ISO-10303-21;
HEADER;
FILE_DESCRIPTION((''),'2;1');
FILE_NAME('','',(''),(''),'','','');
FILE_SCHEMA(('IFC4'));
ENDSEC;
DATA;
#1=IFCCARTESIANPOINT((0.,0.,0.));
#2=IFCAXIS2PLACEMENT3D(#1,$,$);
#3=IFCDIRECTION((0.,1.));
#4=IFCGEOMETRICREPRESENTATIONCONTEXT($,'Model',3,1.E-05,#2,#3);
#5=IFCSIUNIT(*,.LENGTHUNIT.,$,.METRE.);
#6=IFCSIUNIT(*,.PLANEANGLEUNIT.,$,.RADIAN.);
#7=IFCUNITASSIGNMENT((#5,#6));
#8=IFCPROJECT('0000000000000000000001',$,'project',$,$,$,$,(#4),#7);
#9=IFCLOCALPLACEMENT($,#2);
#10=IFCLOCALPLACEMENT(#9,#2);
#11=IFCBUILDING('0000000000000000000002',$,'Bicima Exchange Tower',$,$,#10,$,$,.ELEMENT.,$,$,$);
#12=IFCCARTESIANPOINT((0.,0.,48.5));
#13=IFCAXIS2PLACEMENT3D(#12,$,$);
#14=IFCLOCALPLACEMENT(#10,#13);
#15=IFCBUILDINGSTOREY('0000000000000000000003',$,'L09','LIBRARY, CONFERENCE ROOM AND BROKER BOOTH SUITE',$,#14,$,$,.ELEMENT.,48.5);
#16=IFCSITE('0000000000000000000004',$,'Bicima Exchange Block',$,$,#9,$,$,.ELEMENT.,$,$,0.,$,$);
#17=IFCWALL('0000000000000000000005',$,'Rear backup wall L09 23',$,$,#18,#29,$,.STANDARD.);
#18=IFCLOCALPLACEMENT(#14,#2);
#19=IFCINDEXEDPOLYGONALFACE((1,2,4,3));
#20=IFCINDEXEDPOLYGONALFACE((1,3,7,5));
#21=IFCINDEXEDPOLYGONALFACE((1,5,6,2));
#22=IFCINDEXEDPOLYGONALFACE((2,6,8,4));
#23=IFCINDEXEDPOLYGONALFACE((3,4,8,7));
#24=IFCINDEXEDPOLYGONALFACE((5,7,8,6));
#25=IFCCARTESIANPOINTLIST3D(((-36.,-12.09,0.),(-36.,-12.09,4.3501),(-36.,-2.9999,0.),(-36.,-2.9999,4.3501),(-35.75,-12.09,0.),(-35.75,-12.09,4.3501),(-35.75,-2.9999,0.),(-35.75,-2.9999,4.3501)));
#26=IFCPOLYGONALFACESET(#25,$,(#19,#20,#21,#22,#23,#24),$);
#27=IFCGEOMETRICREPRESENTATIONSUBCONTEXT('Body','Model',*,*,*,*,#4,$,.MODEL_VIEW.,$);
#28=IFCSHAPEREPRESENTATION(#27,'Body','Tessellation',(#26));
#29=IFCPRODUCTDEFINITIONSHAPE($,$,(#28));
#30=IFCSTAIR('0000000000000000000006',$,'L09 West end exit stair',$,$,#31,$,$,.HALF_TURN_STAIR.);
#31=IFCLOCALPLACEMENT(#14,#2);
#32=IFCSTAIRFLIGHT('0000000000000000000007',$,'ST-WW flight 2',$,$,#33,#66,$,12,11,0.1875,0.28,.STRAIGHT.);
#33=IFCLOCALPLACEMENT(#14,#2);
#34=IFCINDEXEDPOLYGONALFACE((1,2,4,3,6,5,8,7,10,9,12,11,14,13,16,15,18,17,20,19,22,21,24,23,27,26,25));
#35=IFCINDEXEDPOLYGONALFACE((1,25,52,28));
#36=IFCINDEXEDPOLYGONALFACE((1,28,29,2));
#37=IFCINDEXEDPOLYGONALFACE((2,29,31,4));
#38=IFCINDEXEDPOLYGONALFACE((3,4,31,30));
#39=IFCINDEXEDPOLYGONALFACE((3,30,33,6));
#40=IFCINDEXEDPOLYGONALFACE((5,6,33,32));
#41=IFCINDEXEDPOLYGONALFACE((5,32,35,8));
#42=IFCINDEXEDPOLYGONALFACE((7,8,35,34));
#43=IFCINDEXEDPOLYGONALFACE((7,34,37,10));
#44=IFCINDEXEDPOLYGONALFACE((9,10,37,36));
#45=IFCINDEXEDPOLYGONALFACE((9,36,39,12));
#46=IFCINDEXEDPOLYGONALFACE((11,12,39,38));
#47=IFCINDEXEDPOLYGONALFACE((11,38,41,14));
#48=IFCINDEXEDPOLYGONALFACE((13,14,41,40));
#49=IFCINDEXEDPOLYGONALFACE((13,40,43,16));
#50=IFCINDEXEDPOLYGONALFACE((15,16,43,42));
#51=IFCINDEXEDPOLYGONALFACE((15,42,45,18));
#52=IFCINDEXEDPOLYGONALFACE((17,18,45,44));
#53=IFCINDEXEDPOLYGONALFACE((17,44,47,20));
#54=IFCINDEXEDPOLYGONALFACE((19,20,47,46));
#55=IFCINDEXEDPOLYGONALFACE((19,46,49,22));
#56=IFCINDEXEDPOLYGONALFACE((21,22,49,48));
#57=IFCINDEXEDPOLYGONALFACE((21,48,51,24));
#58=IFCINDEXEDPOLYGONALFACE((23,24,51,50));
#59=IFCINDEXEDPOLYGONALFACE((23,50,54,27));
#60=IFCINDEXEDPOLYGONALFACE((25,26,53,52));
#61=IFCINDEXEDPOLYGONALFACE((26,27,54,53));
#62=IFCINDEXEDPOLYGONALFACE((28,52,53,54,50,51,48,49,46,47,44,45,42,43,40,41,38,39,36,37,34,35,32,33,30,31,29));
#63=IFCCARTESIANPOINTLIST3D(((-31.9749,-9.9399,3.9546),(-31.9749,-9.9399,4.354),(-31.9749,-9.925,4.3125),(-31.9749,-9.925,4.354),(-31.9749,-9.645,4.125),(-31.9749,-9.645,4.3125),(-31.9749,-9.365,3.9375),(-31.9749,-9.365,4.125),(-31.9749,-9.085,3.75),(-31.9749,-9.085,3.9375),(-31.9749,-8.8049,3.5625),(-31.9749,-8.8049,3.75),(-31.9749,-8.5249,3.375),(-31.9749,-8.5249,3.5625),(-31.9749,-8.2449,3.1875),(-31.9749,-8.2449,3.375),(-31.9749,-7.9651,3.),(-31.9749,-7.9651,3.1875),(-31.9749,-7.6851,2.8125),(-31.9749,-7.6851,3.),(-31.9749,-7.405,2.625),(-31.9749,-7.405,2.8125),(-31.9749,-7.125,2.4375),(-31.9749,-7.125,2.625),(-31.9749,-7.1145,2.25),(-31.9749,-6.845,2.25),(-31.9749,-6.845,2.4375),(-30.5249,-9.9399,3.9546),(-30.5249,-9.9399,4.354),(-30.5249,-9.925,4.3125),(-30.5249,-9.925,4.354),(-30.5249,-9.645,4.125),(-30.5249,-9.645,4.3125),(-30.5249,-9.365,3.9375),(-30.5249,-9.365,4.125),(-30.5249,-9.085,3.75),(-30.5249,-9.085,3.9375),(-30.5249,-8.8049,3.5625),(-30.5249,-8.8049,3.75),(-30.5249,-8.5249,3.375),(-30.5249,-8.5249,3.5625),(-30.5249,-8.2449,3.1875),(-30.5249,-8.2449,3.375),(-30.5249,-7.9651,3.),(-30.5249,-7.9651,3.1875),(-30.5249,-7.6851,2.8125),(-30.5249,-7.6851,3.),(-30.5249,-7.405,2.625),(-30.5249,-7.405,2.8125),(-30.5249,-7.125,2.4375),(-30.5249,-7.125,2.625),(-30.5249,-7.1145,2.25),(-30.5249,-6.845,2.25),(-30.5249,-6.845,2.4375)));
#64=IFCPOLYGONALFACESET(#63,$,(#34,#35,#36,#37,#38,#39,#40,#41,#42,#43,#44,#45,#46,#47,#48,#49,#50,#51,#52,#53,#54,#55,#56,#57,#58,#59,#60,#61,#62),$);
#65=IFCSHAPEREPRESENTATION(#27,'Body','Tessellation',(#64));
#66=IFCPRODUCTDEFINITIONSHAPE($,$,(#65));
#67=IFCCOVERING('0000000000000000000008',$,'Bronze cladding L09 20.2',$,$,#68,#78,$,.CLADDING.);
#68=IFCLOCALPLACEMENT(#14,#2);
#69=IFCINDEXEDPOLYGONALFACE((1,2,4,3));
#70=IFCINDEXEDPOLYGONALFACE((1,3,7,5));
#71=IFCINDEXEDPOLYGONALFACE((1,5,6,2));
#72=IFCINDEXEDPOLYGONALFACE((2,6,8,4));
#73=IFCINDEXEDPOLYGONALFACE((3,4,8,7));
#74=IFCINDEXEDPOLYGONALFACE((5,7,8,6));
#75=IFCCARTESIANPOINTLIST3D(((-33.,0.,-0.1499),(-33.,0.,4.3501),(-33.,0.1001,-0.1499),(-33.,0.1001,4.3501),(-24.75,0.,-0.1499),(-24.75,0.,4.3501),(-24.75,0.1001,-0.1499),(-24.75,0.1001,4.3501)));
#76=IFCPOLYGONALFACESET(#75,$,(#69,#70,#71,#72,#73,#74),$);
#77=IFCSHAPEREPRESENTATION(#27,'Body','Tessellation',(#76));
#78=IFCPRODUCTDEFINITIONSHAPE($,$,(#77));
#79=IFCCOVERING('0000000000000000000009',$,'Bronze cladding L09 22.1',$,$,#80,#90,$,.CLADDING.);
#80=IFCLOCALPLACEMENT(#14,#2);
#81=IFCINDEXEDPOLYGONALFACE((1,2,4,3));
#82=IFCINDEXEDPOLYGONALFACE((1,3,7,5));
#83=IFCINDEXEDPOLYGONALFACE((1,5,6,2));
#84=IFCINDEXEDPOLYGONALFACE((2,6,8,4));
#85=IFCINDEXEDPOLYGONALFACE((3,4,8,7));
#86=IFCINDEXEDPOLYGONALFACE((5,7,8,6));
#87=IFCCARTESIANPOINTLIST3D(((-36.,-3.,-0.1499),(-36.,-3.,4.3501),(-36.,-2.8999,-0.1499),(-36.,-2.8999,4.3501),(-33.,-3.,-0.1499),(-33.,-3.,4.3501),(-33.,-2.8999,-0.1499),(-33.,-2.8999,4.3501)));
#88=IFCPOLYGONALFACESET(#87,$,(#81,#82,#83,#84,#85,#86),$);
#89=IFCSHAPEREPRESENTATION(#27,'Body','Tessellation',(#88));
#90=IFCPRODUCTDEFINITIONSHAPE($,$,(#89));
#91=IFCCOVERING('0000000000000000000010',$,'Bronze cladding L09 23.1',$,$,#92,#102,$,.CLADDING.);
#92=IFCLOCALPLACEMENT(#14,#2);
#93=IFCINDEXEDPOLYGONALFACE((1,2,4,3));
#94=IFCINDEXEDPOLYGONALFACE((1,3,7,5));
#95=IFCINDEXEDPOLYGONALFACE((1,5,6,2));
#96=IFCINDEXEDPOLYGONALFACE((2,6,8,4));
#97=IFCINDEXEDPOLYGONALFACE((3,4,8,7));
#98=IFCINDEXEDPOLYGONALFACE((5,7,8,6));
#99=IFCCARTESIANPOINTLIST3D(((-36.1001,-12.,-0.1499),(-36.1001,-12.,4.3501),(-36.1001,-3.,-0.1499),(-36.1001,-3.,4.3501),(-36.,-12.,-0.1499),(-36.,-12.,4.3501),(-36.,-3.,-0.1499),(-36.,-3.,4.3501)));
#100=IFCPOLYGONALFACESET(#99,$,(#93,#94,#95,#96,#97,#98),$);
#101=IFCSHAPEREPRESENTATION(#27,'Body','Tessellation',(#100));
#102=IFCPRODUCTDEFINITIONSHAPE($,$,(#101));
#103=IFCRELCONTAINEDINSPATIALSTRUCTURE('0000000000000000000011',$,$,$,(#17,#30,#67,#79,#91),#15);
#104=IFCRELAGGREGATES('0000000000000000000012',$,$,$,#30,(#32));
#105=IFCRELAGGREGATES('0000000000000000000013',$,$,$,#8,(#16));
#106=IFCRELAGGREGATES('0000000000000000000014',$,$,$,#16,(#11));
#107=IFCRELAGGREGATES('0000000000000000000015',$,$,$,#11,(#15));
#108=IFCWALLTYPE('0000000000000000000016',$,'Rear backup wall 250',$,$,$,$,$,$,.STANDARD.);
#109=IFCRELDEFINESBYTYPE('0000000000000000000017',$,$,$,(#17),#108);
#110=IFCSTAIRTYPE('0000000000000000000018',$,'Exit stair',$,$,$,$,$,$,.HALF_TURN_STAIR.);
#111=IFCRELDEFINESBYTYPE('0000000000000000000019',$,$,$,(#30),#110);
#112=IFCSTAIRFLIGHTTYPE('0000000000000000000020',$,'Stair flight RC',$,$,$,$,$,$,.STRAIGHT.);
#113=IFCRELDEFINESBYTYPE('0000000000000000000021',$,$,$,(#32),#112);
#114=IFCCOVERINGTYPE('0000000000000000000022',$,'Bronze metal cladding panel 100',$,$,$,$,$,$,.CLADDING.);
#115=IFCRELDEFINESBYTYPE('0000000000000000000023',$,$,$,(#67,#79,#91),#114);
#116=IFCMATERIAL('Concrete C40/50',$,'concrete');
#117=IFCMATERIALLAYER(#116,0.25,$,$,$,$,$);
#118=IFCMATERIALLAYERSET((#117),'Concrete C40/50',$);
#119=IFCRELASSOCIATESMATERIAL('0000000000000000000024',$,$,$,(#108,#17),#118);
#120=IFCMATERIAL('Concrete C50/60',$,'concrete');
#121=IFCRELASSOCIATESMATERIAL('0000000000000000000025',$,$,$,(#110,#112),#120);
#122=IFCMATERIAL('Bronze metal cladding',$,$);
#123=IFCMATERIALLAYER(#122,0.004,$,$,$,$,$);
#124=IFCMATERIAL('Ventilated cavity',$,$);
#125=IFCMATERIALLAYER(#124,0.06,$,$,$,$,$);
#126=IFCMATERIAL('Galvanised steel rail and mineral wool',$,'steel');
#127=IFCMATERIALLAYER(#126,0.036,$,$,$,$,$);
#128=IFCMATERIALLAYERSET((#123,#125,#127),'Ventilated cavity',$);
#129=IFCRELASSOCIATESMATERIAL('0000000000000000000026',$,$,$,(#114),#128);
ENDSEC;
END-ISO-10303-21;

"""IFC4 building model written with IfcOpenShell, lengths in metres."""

from ifc_helpers import new_model, si_unit, direction, frame, frame_2d, origin, origin_2d, place, context, subcontext, project, spatial, polyline, rectangle, outline, extrude, material, layer, layer_set, layer_usage, type_object, element, aggregate, save


model = new_model("IFC4")

# Units and contexts
model_context = context("Model", 3, precision=1e-05, world=origin(), true_north=direction((0.0, 1.0)))
body_context = subcontext(model_context, "Body", "Model", "MODEL_VIEW")
ifc_project = project(units=[si_unit("LENGTHUNIT", "METRE"), si_unit("PLANEANGLEUNIT", "RADIAN")], contexts=[model_context])

# Site, building, storey
site_placement = place(None, origin())
site = spatial("IfcSite", under=ifc_project, at=site_placement, Name="Bicima Exchange Block", CompositionType="ELEMENT", RefElevation=0.0)
building_placement = place(site_placement, origin())
building = spatial("IfcBuilding", under=site, at=building_placement, Name="Bicima Exchange Tower", CompositionType="ELEMENT")
storey_placement = place(building_placement, frame((0.0, 0.0, 48.5)))
storey = spatial("IfcBuildingStorey", under=building, at=storey_placement, Name="L09", Description="LIBRARY, CONFERENCE ROOM AND BROKER BOOTH SUITE", CompositionType="ELEMENT", Elevation=48.5)

# Wall
ifc_material_1 = material(Name="Concrete C50/60", Category="concrete")
ifc_material_2 = material(Name="Concrete C40/50", Category="concrete")
ifc_layer_1 = layer(ifc_material_2, 0.25)
ifc_layer_set_1 = layer_set([ifc_layer_1], Name="Concrete C40/50")
ifc_layer_usage = layer_usage(ifc_layer_set_1, "AXIS2", "POSITIVE", -0.125)
wall_type_1 = type_object("IfcWallType", Name="Rear backup wall 250", PredefinedType="STANDARD", material=ifc_layer_set_1)
wall_1_placement = place(storey_placement, frame((-35.875, -3.0, 0.0), z_axis=(0.0, 0.0, 1.0), x_axis=(0.0, -1.0, 0.0)))
element("IfcWall", 1, at=wall_1_placement, inside=storey, type_object=wall_type_1, material=ifc_layer_usage, Name="Rear backup wall L09 23", PredefinedType="STANDARD", context=body_context, shape_type="SweptSolid", body=[
    extrude(rectangle(XDim=9.0901, YDim=0.25, at=frame_2d((4.5449, 0.0))), origin(), (0.0, 0.0, 1.0), 4.3501),
])

# Stair, stair flight
stair_type = type_object("IfcStairType", Name="Exit stair", PredefinedType="HALF_TURN_STAIR", material=ifc_material_1)
stair_placement = place(storey_placement, origin())
stair = element("IfcStair", 2, at=stair_placement, inside=storey, type_object=stair_type, Name="L09 West end exit stair", PredefinedType="HALF_TURN_STAIR")
stair_flight_type = type_object("IfcStairFlightType", Name="Stair flight RC", PredefinedType="STRAIGHT", material=ifc_material_1)
stair_flight_placement = place(storey_placement, frame((-31.25, -6.845, 2.25), z_axis=(0.0, 0.0, 1.0), x_axis=(0.0, -1.0, 0.0)))
stair_flight = element("IfcStairFlight", 3, at=stair_flight_placement, type_object=stair_flight_type, Name="ST-WW flight 2", NumberOfRisers=12, NumberOfTreads=11, PredefinedType="STRAIGHT", RiserHeight=0.1875, TreadLength=0.28, context=body_context, shape_type="SweptSolid", body=[
    extrude(outline(polyline([(0.0, 0.0), (0.0, 0.1875), (0.28, 0.1875), (0.28, 0.375), (0.5601, 0.375), (0.5601, 0.5625), (0.8401, 0.5625), (0.8401, 0.75), (1.1201, 0.75), (1.1201, 0.9375), (1.3999, 0.9375), (1.3999, 1.125), (1.6799, 1.125), (1.6799, 1.3125), (1.96, 1.3125), (1.96, 1.5), (2.24, 1.5), (2.24, 1.6875), (2.52, 1.6875), (2.52, 1.875), (2.8, 1.875), (2.8, 2.0625), (3.0801, 2.0625), (3.0801, 2.104), (3.095, 2.104), (3.095, 1.7046), (0.2695, 0.0), (0.0, 0.0)])), frame((0.0, 0.7251, 0.0), z_axis=(0.0, -1.0, 0.0), x_axis=(1.0, 0.0, 0.0)), (0.0, 0.0, 1.0), 1.45),
])
aggregate(stair, [stair_flight])

# Coverings
ifc_material_3 = material(Name="Bronze metal cladding")
ifc_layer_2 = layer(ifc_material_3, 0.004)
ifc_material_4 = material(Name="Ventilated cavity")
ifc_layer_3 = layer(ifc_material_4, 0.06)
ifc_material_5 = material(Name="Galvanised steel rail and mineral wool", Category="steel")
ifc_layer_4 = layer(ifc_material_5, 0.036)
ifc_layer_set_2 = layer_set([ifc_layer_2, ifc_layer_3, ifc_layer_4], Name="Ventilated cavity")
covering_type = type_object("IfcCoveringType", Name="Bronze metal cladding panel 100", PredefinedType="CLADDING", material=ifc_layer_set_2)
covering_1_placement = place(storey_placement, frame((-28.875, 0.05, -0.1499), z_axis=(0.0, 0.0, 1.0), x_axis=(-1.0, 0.0, 0.0)))
element("IfcCovering", 4, at=covering_1_placement, inside=storey, type_object=covering_type, Name="Bronze cladding L09 20.2", PredefinedType="CLADDING", context=body_context, shape_type="SweptSolid", body=[
    extrude(rectangle(XDim=8.25, YDim=0.1001, at=origin_2d()), origin(), (0.0, 0.0, 1.0), 4.5),
])
covering_2_placement = place(storey_placement, frame((-34.5, -2.95, -0.1499), z_axis=(0.0, 0.0, 1.0), x_axis=(-1.0, 0.0, 0.0)))
element("IfcCovering", 5, at=covering_2_placement, inside=storey, type_object=covering_type, Name="Bronze cladding L09 22.1", PredefinedType="CLADDING", context=body_context, shape_type="SweptSolid", body=[
    extrude(rectangle(XDim=3.0, YDim=0.1001, at=origin_2d()), origin(), (0.0, 0.0, 1.0), 4.5),
])
covering_3_placement = place(storey_placement, frame((-36.05, -7.5, -0.1499), z_axis=(0.0, 0.0, 1.0), x_axis=(0.0, -1.0, 0.0)))
element("IfcCovering", 6, at=covering_3_placement, inside=storey, type_object=covering_type, Name="Bronze cladding L09 23.1", PredefinedType="CLADDING", context=body_context, shape_type="SweptSolid", body=[
    extrude(rectangle(XDim=9.0, YDim=0.1001, at=origin_2d()), origin(), (0.0, 0.0, 1.0), 4.5),
])

save(model, "model.ifc")
